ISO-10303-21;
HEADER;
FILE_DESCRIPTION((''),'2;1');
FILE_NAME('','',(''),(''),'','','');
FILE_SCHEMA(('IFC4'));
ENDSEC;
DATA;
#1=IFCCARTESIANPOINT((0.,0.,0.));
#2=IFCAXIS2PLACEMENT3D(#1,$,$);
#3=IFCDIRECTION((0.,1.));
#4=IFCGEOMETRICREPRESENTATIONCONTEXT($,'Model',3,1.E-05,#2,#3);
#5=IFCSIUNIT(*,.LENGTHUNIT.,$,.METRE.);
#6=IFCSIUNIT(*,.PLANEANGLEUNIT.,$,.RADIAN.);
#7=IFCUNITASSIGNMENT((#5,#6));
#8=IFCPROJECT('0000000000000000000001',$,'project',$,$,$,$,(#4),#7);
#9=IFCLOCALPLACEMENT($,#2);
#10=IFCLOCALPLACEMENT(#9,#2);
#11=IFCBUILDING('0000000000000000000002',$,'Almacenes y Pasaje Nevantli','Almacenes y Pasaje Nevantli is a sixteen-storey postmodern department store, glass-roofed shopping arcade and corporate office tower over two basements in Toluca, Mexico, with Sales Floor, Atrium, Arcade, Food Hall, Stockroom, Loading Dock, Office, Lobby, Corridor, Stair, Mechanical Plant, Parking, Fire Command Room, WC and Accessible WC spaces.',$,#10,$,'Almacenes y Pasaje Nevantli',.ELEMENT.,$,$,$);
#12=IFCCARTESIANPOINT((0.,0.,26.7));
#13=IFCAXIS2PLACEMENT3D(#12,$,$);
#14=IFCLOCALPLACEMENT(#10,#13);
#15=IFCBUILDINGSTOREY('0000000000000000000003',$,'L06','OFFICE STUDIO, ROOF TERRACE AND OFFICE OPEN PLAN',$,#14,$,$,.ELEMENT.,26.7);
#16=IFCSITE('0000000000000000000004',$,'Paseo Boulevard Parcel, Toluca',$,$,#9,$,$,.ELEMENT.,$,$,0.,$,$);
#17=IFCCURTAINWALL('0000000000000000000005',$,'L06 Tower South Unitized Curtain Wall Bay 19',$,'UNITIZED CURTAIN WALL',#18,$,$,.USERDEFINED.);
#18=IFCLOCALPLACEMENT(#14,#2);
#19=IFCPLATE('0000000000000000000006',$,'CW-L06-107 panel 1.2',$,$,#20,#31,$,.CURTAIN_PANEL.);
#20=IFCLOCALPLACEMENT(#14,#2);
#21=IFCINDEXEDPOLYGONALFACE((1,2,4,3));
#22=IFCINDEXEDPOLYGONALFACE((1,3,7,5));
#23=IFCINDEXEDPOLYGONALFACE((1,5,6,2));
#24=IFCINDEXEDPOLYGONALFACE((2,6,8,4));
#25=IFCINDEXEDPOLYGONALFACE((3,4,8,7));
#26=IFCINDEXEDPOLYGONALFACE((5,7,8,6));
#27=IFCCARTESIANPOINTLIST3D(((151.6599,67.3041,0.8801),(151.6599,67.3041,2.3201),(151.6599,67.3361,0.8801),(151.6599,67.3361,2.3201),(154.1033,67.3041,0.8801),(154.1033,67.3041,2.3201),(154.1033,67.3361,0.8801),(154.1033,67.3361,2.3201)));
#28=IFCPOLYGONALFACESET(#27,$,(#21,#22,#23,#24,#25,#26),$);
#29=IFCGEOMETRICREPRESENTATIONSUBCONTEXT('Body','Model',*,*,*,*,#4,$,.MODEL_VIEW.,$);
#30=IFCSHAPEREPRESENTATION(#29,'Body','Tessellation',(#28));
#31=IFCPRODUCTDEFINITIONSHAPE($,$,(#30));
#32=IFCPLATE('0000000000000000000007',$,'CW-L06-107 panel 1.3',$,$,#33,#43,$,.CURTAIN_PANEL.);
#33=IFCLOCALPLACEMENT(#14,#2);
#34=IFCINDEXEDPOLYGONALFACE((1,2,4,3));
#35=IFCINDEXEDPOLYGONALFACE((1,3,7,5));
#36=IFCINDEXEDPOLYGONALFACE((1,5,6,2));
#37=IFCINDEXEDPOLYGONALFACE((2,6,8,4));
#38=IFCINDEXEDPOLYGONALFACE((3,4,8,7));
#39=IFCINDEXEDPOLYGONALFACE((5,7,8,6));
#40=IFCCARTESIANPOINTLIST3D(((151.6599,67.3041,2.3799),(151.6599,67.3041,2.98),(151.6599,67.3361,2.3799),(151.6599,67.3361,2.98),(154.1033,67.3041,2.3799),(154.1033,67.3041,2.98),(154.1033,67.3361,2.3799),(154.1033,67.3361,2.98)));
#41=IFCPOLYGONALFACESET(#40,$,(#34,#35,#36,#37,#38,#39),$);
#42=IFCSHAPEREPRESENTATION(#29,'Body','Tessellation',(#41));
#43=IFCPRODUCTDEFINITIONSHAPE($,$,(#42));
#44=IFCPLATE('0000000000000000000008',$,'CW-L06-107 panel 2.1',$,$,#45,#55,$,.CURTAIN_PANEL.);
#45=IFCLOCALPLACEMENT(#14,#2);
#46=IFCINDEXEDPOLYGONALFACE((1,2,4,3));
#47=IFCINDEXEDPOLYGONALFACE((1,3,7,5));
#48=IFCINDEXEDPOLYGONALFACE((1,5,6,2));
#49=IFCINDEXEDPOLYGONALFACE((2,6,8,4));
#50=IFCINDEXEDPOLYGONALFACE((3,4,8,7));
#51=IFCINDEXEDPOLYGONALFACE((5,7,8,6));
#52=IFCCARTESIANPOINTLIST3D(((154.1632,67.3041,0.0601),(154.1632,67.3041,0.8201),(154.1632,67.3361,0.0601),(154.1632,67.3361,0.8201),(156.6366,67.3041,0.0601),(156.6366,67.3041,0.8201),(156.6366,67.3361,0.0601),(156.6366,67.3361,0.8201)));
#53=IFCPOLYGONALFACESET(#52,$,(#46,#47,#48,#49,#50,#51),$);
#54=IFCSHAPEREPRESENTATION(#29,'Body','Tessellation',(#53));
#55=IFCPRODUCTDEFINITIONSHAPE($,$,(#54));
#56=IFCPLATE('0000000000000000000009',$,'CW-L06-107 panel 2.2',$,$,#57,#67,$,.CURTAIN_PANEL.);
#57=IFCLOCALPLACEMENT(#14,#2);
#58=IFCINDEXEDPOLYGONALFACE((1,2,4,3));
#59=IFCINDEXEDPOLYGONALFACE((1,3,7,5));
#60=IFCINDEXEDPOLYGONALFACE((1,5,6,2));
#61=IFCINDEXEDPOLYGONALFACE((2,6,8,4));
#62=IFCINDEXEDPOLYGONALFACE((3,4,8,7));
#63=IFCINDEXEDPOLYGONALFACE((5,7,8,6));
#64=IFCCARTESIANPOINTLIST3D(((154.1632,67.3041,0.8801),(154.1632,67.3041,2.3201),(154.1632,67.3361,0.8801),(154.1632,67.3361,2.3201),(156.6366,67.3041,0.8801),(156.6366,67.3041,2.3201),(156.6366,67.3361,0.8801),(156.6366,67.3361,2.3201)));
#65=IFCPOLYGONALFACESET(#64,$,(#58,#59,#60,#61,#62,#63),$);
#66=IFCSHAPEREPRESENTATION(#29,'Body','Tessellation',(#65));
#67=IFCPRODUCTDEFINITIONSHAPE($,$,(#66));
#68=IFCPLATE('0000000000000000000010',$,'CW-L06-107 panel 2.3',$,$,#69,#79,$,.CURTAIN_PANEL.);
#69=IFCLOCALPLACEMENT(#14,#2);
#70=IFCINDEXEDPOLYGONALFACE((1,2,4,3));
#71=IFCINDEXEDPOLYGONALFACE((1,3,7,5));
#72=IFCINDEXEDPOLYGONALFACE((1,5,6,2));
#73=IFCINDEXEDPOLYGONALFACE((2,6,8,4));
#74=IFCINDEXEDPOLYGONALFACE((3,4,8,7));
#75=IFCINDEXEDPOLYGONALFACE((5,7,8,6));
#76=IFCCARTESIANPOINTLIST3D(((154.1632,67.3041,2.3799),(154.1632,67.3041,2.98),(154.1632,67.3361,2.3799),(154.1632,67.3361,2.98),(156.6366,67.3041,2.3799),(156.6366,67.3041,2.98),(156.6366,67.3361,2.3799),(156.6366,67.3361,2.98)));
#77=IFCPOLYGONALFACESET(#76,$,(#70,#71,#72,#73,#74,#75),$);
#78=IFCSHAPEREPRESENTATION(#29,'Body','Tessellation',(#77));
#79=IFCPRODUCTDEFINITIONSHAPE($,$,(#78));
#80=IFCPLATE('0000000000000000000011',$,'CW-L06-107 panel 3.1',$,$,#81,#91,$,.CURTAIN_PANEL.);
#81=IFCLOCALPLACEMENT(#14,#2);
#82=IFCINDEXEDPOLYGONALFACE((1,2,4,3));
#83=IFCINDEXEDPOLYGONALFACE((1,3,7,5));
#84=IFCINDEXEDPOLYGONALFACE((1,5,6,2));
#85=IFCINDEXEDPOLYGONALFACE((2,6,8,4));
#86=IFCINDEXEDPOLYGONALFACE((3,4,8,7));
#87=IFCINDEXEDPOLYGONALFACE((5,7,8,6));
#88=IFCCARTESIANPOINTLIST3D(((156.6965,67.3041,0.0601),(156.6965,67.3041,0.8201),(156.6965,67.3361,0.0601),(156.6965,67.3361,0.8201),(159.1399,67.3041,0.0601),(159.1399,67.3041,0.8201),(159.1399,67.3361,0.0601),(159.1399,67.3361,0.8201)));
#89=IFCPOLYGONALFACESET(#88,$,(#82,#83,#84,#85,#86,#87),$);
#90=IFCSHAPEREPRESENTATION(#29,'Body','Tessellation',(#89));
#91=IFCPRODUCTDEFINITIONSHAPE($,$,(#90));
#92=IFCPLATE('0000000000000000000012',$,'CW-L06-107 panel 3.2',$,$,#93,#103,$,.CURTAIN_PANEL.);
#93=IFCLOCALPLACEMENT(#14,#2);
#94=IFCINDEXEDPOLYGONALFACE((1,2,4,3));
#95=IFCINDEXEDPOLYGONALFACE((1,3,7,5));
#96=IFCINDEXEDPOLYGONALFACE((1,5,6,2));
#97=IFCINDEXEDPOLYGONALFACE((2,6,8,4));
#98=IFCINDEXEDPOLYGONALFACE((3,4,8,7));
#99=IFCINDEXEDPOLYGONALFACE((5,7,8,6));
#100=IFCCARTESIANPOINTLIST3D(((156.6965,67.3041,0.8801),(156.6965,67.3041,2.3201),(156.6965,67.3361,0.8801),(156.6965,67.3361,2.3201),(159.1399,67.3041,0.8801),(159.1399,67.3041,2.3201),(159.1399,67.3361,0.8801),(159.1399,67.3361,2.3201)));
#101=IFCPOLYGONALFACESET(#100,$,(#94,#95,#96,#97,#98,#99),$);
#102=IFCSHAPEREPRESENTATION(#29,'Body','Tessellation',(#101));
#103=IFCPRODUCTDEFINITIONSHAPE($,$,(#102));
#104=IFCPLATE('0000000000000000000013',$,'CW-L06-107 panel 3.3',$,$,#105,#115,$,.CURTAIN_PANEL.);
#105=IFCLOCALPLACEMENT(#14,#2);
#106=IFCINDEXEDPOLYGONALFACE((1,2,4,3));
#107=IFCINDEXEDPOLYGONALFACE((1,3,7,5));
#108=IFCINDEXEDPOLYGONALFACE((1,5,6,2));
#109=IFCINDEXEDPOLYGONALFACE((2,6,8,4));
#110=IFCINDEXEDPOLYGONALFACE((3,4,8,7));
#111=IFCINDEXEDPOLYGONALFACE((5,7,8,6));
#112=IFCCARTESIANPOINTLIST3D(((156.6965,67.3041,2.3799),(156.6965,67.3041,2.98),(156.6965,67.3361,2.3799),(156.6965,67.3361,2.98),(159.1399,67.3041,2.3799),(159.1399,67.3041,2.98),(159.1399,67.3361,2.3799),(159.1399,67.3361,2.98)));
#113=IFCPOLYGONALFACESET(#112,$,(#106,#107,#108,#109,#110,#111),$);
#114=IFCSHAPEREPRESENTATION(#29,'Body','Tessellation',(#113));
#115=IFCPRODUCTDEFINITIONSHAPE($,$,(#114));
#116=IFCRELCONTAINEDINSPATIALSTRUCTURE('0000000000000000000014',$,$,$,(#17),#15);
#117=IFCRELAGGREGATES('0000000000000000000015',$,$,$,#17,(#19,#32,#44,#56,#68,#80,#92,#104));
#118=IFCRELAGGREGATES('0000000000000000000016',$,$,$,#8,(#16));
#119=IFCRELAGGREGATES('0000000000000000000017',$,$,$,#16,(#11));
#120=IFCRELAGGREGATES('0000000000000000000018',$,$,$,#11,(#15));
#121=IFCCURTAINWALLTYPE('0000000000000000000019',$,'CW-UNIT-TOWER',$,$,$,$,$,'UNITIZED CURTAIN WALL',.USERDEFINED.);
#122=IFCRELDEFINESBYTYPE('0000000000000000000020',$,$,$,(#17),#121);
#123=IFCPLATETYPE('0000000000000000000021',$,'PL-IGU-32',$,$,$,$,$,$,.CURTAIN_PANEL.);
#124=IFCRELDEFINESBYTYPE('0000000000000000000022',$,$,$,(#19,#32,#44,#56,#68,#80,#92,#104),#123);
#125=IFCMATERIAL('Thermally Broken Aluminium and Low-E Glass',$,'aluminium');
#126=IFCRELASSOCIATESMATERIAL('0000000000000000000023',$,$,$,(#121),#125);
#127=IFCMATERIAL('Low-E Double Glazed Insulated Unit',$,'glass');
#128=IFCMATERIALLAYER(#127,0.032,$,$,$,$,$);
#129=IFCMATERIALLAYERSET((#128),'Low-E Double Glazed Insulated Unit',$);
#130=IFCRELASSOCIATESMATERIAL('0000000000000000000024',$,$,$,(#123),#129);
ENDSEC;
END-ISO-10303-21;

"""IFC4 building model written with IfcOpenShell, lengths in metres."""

from ifc_helpers import new_model, si_unit, direction, frame, origin, origin_2d, place, context, subcontext, project, spatial, rectangle, extrude, material, layer, layer_set, type_object, element, aggregate, save


model = new_model("IFC4")

# Units and contexts
model_context = context("Model", 3, precision=1e-05, world=origin(), true_north=direction((0.0, 1.0)))
body_context = subcontext(model_context, "Body", "Model", "MODEL_VIEW")
ifc_project = project(units=[si_unit("LENGTHUNIT", "METRE"), si_unit("PLANEANGLEUNIT", "RADIAN")], contexts=[model_context])

# Site, building, storey
site_placement = place(None, origin())
site = spatial("IfcSite", under=ifc_project, at=site_placement, Name="Paseo Boulevard Parcel, Toluca", CompositionType="ELEMENT", RefElevation=0.0)
building_placement = place(site_placement, origin())
building = spatial("IfcBuilding", under=site, at=building_placement, Name="Almacenes y Pasaje Nevantli", Description="Almacenes y Pasaje Nevantli is a sixteen-storey postmodern department store, glass-roofed shopping arcade and corporate office tower over two basements in Toluca, Mexico, with Sales Floor, Atrium, Arcade, Food Hall, Stockroom, Loading Dock, Office, Lobby, Corridor, Stair, Mechanical Plant, Parking, Fire Command Room, WC and Accessible WC spaces.", LongName="Almacenes y Pasaje Nevantli", CompositionType="ELEMENT")
storey_placement = place(building_placement, frame((0.0, 0.0, 26.7)))
storey = spatial("IfcBuildingStorey", under=building, at=storey_placement, Name="L06", Description="OFFICE STUDIO, ROOF TERRACE AND OFFICE OPEN PLAN", CompositionType="ELEMENT", Elevation=26.7)

# Shared definitions
ifc_material_1 = material(Name="Thermally Broken Aluminium and Low-E Glass", Category="aluminium")
curtain_wall_type = type_object("IfcCurtainWallType", Name="CW-UNIT-TOWER", ElementType="UNITIZED CURTAIN WALL", PredefinedType="USERDEFINED", material=ifc_material_1)

# Curtain wall
curtain_wall_1_placement = place(storey_placement, origin())
curtain_wall_1 = element("IfcCurtainWall", 1, at=curtain_wall_1_placement, inside=storey, type_object=curtain_wall_type, Name="L06 Tower South Unitized Curtain Wall Bay 19", ObjectType="UNITIZED CURTAIN WALL", PredefinedType="USERDEFINED")

# Plates
ifc_material_2 = material(Name="Low-E Double Glazed Insulated Unit", Category="glass")
ifc_layer = layer(ifc_material_2, 0.032)
ifc_layer_set = layer_set([ifc_layer], Name="Low-E Double Glazed Insulated Unit")
plate_type = type_object("IfcPlateType", Name="PL-IGU-32", PredefinedType="CURTAIN_PANEL", material=ifc_layer_set)
plate_1_placement = place(storey_placement, frame((152.8816, 67.3201, 0.8801), z_axis=(0.0, 0.0, 1.0), x_axis=(1.0, 0.0, 0.0)))
plate_1 = element("IfcPlate", 2, at=plate_1_placement, type_object=plate_type, Name="CW-L06-107 panel 1.2", PredefinedType="CURTAIN_PANEL", context=body_context, shape_type="SweptSolid", body=[
    extrude(rectangle(XDim=2.4434, YDim=0.032, at=origin_2d()), origin(), (0.0, 0.0, 1.0), 1.4399),
])
plate_2_placement = place(storey_placement, frame((152.8816, 67.3201, 2.3799), z_axis=(0.0, 0.0, 1.0), x_axis=(1.0, 0.0, 0.0)))
plate_2 = element("IfcPlate", 3, at=plate_2_placement, type_object=plate_type, Name="CW-L06-107 panel 1.3", PredefinedType="CURTAIN_PANEL", context=body_context, shape_type="SweptSolid", body=[
    extrude(rectangle(XDim=2.4434, YDim=0.032, at=origin_2d()), origin(), (0.0, 0.0, 1.0), 0.6001),
])
plate_3_placement = place(storey_placement, frame((155.3999, 67.3201, 0.0601), z_axis=(0.0, 0.0, 1.0), x_axis=(1.0, 0.0, 0.0)))
plate_3 = element("IfcPlate", 4, at=plate_3_placement, type_object=plate_type, Name="CW-L06-107 panel 2.1", PredefinedType="CURTAIN_PANEL", context=body_context, shape_type="SweptSolid", body=[
    extrude(rectangle(XDim=2.4734, YDim=0.032, at=origin_2d()), origin(), (0.0, 0.0, 1.0), 0.76),
])
plate_4_placement = place(storey_placement, frame((155.3999, 67.3201, 0.8801), z_axis=(0.0, 0.0, 1.0), x_axis=(1.0, 0.0, 0.0)))
plate_4 = element("IfcPlate", 5, at=plate_4_placement, type_object=plate_type, Name="CW-L06-107 panel 2.2", PredefinedType="CURTAIN_PANEL", context=body_context, shape_type="SweptSolid", body=[
    extrude(rectangle(XDim=2.4734, YDim=0.032, at=origin_2d()), origin(), (0.0, 0.0, 1.0), 1.4399),
])
plate_5_placement = place(storey_placement, frame((155.3999, 67.3201, 2.3799), z_axis=(0.0, 0.0, 1.0), x_axis=(1.0, 0.0, 0.0)))
plate_5 = element("IfcPlate", 6, at=plate_5_placement, type_object=plate_type, Name="CW-L06-107 panel 2.3", PredefinedType="CURTAIN_PANEL", context=body_context, shape_type="SweptSolid", body=[
    extrude(rectangle(XDim=2.4734, YDim=0.032, at=origin_2d()), origin(), (0.0, 0.0, 1.0), 0.6001),
])
plate_6_placement = place(storey_placement, frame((157.9182, 67.3201, 0.0601), z_axis=(0.0, 0.0, 1.0), x_axis=(1.0, 0.0, 0.0)))
plate_6 = element("IfcPlate", 7, at=plate_6_placement, type_object=plate_type, Name="CW-L06-107 panel 3.1", PredefinedType="CURTAIN_PANEL", context=body_context, shape_type="SweptSolid", body=[
    extrude(rectangle(XDim=2.4434, YDim=0.032, at=origin_2d()), origin(), (0.0, 0.0, 1.0), 0.76),
])
plate_7_placement = place(storey_placement, frame((157.9182, 67.3201, 0.8801), z_axis=(0.0, 0.0, 1.0), x_axis=(1.0, 0.0, 0.0)))
plate_7 = element("IfcPlate", 8, at=plate_7_placement, type_object=plate_type, Name="CW-L06-107 panel 3.2", PredefinedType="CURTAIN_PANEL", context=body_context, shape_type="SweptSolid", body=[
    extrude(rectangle(XDim=2.4434, YDim=0.032, at=origin_2d()), origin(), (0.0, 0.0, 1.0), 1.4399),
])
plate_8_placement = place(storey_placement, frame((157.9182, 67.3201, 2.3799), z_axis=(0.0, 0.0, 1.0), x_axis=(1.0, 0.0, 0.0)))
plate_8 = element("IfcPlate", 9, at=plate_8_placement, type_object=plate_type, Name="CW-L06-107 panel 3.3", PredefinedType="CURTAIN_PANEL", context=body_context, shape_type="SweptSolid", body=[
    extrude(rectangle(XDim=2.4434, YDim=0.032, at=origin_2d()), origin(), (0.0, 0.0, 1.0), 0.6001),
])
aggregate(curtain_wall_1, [plate_1, plate_2, plate_3, plate_4, plate_5, plate_6, plate_7, plate_8])

save(model, "model.ifc")
